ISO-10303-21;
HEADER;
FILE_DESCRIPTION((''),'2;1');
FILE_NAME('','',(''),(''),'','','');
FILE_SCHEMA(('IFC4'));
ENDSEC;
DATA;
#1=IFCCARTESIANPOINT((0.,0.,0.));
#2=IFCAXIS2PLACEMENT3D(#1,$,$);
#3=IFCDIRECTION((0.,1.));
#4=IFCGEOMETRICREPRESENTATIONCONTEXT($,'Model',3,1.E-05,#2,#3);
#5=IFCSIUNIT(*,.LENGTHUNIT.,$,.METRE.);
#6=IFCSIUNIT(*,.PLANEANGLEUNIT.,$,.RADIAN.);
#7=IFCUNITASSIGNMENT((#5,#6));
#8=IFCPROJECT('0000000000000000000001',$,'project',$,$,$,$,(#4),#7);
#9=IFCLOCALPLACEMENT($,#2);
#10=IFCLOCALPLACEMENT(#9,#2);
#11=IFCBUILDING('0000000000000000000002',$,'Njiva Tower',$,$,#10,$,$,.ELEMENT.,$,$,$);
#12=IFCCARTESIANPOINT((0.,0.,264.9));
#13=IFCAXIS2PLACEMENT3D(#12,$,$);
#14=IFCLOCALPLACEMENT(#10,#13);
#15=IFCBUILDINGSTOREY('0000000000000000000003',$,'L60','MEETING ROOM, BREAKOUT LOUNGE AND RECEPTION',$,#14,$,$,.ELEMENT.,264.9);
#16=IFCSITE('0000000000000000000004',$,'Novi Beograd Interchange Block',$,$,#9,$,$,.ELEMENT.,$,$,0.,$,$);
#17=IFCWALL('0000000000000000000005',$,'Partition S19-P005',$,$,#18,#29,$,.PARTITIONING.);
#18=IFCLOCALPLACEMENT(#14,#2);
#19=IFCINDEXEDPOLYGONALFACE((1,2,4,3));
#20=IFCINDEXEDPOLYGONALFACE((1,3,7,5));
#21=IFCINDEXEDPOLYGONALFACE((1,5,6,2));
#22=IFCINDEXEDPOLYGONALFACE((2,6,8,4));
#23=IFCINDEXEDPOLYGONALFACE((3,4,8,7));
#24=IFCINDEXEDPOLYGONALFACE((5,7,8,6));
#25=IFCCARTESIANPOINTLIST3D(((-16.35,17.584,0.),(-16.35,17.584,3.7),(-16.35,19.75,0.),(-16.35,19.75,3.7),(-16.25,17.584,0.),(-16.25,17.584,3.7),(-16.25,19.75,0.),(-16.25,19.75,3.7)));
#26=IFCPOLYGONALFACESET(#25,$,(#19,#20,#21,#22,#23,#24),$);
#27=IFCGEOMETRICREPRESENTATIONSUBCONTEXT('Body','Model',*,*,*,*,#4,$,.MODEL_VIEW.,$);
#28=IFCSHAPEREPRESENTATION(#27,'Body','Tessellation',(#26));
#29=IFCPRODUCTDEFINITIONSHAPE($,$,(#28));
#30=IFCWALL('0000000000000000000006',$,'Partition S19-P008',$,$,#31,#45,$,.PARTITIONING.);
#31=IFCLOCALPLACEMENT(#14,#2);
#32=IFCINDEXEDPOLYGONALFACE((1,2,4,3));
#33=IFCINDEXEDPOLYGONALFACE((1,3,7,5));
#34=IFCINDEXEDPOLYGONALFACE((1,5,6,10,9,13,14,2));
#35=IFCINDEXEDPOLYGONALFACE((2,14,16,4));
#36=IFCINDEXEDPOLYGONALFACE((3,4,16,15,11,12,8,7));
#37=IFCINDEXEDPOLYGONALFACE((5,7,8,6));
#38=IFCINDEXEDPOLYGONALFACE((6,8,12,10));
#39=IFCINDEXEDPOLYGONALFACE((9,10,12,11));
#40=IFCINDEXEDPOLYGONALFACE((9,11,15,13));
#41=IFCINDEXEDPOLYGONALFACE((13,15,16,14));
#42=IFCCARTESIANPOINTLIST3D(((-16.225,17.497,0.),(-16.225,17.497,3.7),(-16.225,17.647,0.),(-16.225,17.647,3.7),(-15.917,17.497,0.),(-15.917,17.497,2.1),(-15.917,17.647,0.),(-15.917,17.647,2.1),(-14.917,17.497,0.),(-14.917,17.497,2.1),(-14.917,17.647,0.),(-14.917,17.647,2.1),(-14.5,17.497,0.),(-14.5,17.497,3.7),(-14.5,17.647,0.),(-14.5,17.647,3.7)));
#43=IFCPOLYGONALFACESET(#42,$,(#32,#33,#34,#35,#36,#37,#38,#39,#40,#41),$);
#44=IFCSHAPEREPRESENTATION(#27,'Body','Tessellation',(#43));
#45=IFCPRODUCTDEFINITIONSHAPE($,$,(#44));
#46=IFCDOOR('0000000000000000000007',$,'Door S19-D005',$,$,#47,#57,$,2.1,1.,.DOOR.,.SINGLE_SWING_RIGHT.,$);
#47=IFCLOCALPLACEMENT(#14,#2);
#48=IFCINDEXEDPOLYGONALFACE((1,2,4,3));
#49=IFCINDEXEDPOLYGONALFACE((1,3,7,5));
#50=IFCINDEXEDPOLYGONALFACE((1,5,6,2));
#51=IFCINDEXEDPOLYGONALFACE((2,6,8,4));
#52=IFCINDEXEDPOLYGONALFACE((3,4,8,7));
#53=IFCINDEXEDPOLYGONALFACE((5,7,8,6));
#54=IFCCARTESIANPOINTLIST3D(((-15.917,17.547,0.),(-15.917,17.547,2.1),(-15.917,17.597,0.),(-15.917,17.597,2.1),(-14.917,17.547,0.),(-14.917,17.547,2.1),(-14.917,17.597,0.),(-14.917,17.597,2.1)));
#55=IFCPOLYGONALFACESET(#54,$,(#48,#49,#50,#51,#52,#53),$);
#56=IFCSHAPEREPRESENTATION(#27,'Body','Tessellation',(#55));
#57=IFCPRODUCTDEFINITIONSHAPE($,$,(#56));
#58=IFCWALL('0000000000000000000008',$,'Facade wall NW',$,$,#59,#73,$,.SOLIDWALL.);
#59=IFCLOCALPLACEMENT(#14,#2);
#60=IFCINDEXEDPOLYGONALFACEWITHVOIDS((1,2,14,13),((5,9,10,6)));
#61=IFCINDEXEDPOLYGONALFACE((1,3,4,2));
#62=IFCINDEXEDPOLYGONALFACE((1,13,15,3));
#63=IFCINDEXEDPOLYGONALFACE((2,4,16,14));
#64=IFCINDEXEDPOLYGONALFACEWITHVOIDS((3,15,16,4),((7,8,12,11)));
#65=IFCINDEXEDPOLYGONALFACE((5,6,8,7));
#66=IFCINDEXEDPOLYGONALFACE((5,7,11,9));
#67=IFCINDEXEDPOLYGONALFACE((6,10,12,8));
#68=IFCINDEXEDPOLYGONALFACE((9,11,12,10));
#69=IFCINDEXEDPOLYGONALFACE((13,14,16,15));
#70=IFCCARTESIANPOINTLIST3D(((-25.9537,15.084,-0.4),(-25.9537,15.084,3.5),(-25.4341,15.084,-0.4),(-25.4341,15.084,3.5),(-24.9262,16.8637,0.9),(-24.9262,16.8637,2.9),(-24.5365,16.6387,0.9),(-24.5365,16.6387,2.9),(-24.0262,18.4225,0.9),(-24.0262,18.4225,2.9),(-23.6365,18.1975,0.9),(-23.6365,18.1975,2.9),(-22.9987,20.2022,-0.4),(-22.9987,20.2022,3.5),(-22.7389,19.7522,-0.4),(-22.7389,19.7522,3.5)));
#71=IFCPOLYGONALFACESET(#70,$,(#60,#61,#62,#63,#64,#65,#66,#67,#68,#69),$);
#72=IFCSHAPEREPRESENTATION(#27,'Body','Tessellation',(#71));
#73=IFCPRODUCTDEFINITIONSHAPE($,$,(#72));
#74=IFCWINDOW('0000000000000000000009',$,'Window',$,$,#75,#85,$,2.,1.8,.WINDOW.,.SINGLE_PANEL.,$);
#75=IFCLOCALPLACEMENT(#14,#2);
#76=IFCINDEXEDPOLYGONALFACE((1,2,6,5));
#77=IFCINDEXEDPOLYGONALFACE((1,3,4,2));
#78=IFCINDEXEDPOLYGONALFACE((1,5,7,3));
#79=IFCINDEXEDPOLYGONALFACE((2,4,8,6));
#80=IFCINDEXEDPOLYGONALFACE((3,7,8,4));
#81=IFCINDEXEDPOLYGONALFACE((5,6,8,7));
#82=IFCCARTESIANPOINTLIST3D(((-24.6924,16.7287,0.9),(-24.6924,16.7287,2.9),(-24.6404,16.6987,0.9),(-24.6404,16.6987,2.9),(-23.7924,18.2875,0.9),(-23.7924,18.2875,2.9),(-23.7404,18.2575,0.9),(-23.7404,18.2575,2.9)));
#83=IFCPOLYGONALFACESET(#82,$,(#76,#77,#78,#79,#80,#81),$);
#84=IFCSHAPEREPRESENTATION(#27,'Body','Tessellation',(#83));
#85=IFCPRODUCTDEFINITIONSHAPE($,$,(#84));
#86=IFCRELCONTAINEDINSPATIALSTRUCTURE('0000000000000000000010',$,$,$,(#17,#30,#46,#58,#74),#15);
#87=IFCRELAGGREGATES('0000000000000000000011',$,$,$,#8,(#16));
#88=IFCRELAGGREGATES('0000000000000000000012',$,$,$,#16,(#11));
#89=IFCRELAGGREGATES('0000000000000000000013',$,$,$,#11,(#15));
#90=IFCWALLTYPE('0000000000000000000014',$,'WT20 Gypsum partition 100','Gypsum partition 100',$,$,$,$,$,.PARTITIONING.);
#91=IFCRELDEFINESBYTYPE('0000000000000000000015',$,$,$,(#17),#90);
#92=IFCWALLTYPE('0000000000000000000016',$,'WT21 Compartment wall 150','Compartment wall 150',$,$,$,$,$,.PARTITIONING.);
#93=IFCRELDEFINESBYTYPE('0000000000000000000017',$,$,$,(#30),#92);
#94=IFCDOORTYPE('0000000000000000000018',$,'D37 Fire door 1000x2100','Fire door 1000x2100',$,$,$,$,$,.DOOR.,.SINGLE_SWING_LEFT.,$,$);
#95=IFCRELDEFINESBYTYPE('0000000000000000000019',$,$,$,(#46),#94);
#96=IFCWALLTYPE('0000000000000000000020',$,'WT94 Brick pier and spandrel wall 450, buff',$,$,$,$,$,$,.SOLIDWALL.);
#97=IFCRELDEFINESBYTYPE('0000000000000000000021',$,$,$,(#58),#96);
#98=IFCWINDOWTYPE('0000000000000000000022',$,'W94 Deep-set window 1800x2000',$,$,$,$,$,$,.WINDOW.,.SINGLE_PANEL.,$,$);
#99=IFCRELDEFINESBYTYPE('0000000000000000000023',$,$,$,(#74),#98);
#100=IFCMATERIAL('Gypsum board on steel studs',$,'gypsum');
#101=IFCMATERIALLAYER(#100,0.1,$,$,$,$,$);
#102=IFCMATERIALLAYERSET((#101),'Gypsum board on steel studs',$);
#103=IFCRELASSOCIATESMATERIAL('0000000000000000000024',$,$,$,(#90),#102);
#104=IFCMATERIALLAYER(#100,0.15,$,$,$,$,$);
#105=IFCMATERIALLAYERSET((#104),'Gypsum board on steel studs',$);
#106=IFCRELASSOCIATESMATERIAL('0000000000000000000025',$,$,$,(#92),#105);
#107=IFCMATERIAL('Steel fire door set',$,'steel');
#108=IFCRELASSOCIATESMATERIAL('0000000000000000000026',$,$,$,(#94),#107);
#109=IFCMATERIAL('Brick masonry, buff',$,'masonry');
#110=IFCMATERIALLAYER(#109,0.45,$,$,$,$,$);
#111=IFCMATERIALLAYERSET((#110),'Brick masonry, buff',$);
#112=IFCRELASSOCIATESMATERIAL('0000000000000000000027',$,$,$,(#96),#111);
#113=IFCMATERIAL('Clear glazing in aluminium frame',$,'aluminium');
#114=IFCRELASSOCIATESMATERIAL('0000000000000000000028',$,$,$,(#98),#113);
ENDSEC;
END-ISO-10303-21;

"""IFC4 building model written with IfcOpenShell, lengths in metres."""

from ifc_helpers import new_model, si_unit, direction, frame, frame_2d, origin, place, context, subcontext, project, spatial, polyline, rectangle, outline, extrude, material, layer, layer_set, type_object, element, fill, save


model = new_model("IFC4")

# Units and contexts
model_context = context("Model", 3, precision=1e-05, world=origin(), true_north=direction((0.0, 1.0)))
body_context = subcontext(model_context, "Body", "Model", "MODEL_VIEW")
ifc_project = project(units=[si_unit("LENGTHUNIT", "METRE"), si_unit("PLANEANGLEUNIT", "RADIAN")], contexts=[model_context])

# Site, building, storey
site_placement = place(None, origin())
site = spatial("IfcSite", under=ifc_project, at=site_placement, Name="Novi Beograd Interchange Block", CompositionType="ELEMENT", RefElevation=0.0)
building_placement = place(site_placement, origin())
building = spatial("IfcBuilding", under=site, at=building_placement, Name="Njiva Tower", CompositionType="ELEMENT")
storey_placement = place(building_placement, frame((0.0, 0.0, 264.9)))
storey = spatial("IfcBuildingStorey", under=building, at=storey_placement, Name="L60", Description="MEETING ROOM, BREAKOUT LOUNGE AND RECEPTION", CompositionType="ELEMENT", Elevation=264.9)

# Wall
ifc_material_1 = material(Name="Gypsum board on steel studs", Category="gypsum")
ifc_layer_1 = layer(ifc_material_1, 0.1)
ifc_layer_set_1 = layer_set([ifc_layer_1], Name="Gypsum board on steel studs")
wall_type_1 = type_object("IfcWallType", Name="WT20 Gypsum partition 100", Description="Gypsum partition 100", PredefinedType="PARTITIONING", material=ifc_layer_set_1)
wall_1_placement = place(storey_placement, frame((-16.3, 17.584, 0.0), z_axis=(0.0, 0.0, 1.0), x_axis=(0.0, 1.0, 0.0)))
element("IfcWall", 1, at=wall_1_placement, inside=storey, type_object=wall_type_1, Name="Partition S19-P005", PredefinedType="PARTITIONING", context=body_context, shape_type="SweptSolid", body=[
    extrude(rectangle(XDim=2.166, YDim=0.1, at=frame_2d((1.083, 0.0))), origin(), (0.0, 0.0, 1.0), 3.7),
])

# Wall, opening, door
ifc_layer_2 = layer(ifc_material_1, 0.15)
ifc_layer_set_2 = layer_set([ifc_layer_2], Name="Gypsum board on steel studs")
wall_type_2 = type_object("IfcWallType", Name="WT21 Compartment wall 150", Description="Compartment wall 150", PredefinedType="PARTITIONING", material=ifc_layer_set_2)
wall_2_placement = place(storey_placement, frame((-16.225, 17.572, 0.0), z_axis=(0.0, 0.0, 1.0), x_axis=(1.0, 0.0, 0.0)))
wall_2 = element("IfcWall", 2, at=wall_2_placement, inside=storey, type_object=wall_type_2, Name="Partition S19-P008", PredefinedType="PARTITIONING", context=body_context, shape_type="SweptSolid", body=[
    extrude(rectangle(XDim=1.725, YDim=0.15, at=frame_2d((0.8625, 0.0))), origin(), (0.0, 0.0, 1.0), 3.7),
])
opening_1_placement = place(wall_2_placement, frame((0.308, 0.0, 0.0)))
opening_1 = element("IfcOpeningElement", 3, at=opening_1_placement, cuts=wall_2, PredefinedType="OPENING", context=body_context, shape_type="SweptSolid", body=[
    extrude(rectangle(XDim=1.0, YDim=2.1, at=frame_2d((0.5, 1.05))), frame((0.0, 0.085, 0.0), z_axis=(0.0, -1.0, 0.0), x_axis=(1.0, 0.0, 0.0)), (0.0, 0.0, 1.0), 0.17),
])
ifc_material_2 = material(Name="Steel fire door set", Category="steel")
door_type = type_object("IfcDoorType", Name="D37 Fire door 1000x2100", Description="Fire door 1000x2100", OperationType="SINGLE_SWING_LEFT", PredefinedType="DOOR", material=ifc_material_2)
door_placement = place(opening_1_placement, origin())
door = element("IfcDoor", 4, at=door_placement, inside=storey, type_object=door_type, Name="Door S19-D005", OperationType="SINGLE_SWING_RIGHT", OverallHeight=2.1, OverallWidth=1.0, PredefinedType="DOOR", context=body_context, shape_type="SweptSolid", body=[
    extrude(rectangle(XDim=1.0, YDim=2.1, at=frame_2d((0.5, 1.05))), frame((0.0, 0.025, 0.0), z_axis=(0.0, -1.0, 0.0), x_axis=(1.0, 0.0, 0.0)), (0.0, 0.0, 1.0), 0.05),
])
fill(opening_1, door)

# Shared definitions
ifc_material_3 = material(Name="Clear glazing in aluminium frame", Category="aluminium")

# Wall, opening, window
ifc_material_4 = material(Name="Brick masonry, buff", Category="masonry")
ifc_layer_3 = layer(ifc_material_4, 0.45)
ifc_layer_set_3 = layer_set([ifc_layer_3], Name="Brick masonry, buff")
wall_type_3 = type_object("IfcWallType", Name="WT94 Brick pier and spandrel wall 450, buff", PredefinedType="SOLIDWALL", material=ifc_layer_set_3)
wall_3_placement = place(storey_placement, frame((-22.8688, 19.9772, -0.4), z_axis=(0.0, 0.0, 1.0), x_axis=(-0.500001, -0.866025, 0.0)))
wall_3 = element("IfcWall", 5, at=wall_3_placement, inside=storey, type_object=wall_type_3, Name="Facade wall NW", PredefinedType="SOLIDWALL", context=body_context, shape_type="SweptSolid", body=[
    extrude(outline(polyline([(-0.1299, -0.225), (5.7801, -0.225), (5.5203, 0.225), (0.1299, 0.225), (-0.1299, -0.225)])), origin(), (0.0, 0.0, 1.0), 3.9),
])
opening_2_placement = place(wall_3_placement, frame((1.9251, 0.0, 1.3)))
opening_2 = element("IfcOpeningElement", 6, at=opening_2_placement, cuts=wall_3, PredefinedType="OPENING", context=body_context, shape_type="SweptSolid", body=[
    extrude(rectangle(XDim=1.8, YDim=2.0, at=frame_2d((0.9, 1.0))), frame((0.0, 0.235, 0.0), z_axis=(0.0, -1.0, 0.0), x_axis=(1.0, 0.0, 0.0)), (0.0, 0.0, 1.0), 0.47),
])
window_type_1 = type_object("IfcWindowType", Name="W94 Deep-set window 1800x2000", PartitioningType="SINGLE_PANEL", PredefinedType="WINDOW", material=ifc_material_3)
window_1_placement = place(opening_2_placement, origin())
window_1 = element("IfcWindow", 7, at=window_1_placement, inside=storey, type_object=window_type_1, Name="Window", OverallHeight=2.0, OverallWidth=1.8, PartitioningType="SINGLE_PANEL", PredefinedType="WINDOW", context=body_context, shape_type="SweptSolid", body=[
    extrude(rectangle(XDim=1.8, YDim=2.0, at=frame_2d((0.9, 1.0))), frame((0.0, 0.105, 0.0), z_axis=(0.0, -1.0, 0.0), x_axis=(1.0, 0.0, 0.0)), (0.0, 0.0, 1.0), 0.06),
])
fill(opening_2, window_1)

save(model, "model.ifc")
